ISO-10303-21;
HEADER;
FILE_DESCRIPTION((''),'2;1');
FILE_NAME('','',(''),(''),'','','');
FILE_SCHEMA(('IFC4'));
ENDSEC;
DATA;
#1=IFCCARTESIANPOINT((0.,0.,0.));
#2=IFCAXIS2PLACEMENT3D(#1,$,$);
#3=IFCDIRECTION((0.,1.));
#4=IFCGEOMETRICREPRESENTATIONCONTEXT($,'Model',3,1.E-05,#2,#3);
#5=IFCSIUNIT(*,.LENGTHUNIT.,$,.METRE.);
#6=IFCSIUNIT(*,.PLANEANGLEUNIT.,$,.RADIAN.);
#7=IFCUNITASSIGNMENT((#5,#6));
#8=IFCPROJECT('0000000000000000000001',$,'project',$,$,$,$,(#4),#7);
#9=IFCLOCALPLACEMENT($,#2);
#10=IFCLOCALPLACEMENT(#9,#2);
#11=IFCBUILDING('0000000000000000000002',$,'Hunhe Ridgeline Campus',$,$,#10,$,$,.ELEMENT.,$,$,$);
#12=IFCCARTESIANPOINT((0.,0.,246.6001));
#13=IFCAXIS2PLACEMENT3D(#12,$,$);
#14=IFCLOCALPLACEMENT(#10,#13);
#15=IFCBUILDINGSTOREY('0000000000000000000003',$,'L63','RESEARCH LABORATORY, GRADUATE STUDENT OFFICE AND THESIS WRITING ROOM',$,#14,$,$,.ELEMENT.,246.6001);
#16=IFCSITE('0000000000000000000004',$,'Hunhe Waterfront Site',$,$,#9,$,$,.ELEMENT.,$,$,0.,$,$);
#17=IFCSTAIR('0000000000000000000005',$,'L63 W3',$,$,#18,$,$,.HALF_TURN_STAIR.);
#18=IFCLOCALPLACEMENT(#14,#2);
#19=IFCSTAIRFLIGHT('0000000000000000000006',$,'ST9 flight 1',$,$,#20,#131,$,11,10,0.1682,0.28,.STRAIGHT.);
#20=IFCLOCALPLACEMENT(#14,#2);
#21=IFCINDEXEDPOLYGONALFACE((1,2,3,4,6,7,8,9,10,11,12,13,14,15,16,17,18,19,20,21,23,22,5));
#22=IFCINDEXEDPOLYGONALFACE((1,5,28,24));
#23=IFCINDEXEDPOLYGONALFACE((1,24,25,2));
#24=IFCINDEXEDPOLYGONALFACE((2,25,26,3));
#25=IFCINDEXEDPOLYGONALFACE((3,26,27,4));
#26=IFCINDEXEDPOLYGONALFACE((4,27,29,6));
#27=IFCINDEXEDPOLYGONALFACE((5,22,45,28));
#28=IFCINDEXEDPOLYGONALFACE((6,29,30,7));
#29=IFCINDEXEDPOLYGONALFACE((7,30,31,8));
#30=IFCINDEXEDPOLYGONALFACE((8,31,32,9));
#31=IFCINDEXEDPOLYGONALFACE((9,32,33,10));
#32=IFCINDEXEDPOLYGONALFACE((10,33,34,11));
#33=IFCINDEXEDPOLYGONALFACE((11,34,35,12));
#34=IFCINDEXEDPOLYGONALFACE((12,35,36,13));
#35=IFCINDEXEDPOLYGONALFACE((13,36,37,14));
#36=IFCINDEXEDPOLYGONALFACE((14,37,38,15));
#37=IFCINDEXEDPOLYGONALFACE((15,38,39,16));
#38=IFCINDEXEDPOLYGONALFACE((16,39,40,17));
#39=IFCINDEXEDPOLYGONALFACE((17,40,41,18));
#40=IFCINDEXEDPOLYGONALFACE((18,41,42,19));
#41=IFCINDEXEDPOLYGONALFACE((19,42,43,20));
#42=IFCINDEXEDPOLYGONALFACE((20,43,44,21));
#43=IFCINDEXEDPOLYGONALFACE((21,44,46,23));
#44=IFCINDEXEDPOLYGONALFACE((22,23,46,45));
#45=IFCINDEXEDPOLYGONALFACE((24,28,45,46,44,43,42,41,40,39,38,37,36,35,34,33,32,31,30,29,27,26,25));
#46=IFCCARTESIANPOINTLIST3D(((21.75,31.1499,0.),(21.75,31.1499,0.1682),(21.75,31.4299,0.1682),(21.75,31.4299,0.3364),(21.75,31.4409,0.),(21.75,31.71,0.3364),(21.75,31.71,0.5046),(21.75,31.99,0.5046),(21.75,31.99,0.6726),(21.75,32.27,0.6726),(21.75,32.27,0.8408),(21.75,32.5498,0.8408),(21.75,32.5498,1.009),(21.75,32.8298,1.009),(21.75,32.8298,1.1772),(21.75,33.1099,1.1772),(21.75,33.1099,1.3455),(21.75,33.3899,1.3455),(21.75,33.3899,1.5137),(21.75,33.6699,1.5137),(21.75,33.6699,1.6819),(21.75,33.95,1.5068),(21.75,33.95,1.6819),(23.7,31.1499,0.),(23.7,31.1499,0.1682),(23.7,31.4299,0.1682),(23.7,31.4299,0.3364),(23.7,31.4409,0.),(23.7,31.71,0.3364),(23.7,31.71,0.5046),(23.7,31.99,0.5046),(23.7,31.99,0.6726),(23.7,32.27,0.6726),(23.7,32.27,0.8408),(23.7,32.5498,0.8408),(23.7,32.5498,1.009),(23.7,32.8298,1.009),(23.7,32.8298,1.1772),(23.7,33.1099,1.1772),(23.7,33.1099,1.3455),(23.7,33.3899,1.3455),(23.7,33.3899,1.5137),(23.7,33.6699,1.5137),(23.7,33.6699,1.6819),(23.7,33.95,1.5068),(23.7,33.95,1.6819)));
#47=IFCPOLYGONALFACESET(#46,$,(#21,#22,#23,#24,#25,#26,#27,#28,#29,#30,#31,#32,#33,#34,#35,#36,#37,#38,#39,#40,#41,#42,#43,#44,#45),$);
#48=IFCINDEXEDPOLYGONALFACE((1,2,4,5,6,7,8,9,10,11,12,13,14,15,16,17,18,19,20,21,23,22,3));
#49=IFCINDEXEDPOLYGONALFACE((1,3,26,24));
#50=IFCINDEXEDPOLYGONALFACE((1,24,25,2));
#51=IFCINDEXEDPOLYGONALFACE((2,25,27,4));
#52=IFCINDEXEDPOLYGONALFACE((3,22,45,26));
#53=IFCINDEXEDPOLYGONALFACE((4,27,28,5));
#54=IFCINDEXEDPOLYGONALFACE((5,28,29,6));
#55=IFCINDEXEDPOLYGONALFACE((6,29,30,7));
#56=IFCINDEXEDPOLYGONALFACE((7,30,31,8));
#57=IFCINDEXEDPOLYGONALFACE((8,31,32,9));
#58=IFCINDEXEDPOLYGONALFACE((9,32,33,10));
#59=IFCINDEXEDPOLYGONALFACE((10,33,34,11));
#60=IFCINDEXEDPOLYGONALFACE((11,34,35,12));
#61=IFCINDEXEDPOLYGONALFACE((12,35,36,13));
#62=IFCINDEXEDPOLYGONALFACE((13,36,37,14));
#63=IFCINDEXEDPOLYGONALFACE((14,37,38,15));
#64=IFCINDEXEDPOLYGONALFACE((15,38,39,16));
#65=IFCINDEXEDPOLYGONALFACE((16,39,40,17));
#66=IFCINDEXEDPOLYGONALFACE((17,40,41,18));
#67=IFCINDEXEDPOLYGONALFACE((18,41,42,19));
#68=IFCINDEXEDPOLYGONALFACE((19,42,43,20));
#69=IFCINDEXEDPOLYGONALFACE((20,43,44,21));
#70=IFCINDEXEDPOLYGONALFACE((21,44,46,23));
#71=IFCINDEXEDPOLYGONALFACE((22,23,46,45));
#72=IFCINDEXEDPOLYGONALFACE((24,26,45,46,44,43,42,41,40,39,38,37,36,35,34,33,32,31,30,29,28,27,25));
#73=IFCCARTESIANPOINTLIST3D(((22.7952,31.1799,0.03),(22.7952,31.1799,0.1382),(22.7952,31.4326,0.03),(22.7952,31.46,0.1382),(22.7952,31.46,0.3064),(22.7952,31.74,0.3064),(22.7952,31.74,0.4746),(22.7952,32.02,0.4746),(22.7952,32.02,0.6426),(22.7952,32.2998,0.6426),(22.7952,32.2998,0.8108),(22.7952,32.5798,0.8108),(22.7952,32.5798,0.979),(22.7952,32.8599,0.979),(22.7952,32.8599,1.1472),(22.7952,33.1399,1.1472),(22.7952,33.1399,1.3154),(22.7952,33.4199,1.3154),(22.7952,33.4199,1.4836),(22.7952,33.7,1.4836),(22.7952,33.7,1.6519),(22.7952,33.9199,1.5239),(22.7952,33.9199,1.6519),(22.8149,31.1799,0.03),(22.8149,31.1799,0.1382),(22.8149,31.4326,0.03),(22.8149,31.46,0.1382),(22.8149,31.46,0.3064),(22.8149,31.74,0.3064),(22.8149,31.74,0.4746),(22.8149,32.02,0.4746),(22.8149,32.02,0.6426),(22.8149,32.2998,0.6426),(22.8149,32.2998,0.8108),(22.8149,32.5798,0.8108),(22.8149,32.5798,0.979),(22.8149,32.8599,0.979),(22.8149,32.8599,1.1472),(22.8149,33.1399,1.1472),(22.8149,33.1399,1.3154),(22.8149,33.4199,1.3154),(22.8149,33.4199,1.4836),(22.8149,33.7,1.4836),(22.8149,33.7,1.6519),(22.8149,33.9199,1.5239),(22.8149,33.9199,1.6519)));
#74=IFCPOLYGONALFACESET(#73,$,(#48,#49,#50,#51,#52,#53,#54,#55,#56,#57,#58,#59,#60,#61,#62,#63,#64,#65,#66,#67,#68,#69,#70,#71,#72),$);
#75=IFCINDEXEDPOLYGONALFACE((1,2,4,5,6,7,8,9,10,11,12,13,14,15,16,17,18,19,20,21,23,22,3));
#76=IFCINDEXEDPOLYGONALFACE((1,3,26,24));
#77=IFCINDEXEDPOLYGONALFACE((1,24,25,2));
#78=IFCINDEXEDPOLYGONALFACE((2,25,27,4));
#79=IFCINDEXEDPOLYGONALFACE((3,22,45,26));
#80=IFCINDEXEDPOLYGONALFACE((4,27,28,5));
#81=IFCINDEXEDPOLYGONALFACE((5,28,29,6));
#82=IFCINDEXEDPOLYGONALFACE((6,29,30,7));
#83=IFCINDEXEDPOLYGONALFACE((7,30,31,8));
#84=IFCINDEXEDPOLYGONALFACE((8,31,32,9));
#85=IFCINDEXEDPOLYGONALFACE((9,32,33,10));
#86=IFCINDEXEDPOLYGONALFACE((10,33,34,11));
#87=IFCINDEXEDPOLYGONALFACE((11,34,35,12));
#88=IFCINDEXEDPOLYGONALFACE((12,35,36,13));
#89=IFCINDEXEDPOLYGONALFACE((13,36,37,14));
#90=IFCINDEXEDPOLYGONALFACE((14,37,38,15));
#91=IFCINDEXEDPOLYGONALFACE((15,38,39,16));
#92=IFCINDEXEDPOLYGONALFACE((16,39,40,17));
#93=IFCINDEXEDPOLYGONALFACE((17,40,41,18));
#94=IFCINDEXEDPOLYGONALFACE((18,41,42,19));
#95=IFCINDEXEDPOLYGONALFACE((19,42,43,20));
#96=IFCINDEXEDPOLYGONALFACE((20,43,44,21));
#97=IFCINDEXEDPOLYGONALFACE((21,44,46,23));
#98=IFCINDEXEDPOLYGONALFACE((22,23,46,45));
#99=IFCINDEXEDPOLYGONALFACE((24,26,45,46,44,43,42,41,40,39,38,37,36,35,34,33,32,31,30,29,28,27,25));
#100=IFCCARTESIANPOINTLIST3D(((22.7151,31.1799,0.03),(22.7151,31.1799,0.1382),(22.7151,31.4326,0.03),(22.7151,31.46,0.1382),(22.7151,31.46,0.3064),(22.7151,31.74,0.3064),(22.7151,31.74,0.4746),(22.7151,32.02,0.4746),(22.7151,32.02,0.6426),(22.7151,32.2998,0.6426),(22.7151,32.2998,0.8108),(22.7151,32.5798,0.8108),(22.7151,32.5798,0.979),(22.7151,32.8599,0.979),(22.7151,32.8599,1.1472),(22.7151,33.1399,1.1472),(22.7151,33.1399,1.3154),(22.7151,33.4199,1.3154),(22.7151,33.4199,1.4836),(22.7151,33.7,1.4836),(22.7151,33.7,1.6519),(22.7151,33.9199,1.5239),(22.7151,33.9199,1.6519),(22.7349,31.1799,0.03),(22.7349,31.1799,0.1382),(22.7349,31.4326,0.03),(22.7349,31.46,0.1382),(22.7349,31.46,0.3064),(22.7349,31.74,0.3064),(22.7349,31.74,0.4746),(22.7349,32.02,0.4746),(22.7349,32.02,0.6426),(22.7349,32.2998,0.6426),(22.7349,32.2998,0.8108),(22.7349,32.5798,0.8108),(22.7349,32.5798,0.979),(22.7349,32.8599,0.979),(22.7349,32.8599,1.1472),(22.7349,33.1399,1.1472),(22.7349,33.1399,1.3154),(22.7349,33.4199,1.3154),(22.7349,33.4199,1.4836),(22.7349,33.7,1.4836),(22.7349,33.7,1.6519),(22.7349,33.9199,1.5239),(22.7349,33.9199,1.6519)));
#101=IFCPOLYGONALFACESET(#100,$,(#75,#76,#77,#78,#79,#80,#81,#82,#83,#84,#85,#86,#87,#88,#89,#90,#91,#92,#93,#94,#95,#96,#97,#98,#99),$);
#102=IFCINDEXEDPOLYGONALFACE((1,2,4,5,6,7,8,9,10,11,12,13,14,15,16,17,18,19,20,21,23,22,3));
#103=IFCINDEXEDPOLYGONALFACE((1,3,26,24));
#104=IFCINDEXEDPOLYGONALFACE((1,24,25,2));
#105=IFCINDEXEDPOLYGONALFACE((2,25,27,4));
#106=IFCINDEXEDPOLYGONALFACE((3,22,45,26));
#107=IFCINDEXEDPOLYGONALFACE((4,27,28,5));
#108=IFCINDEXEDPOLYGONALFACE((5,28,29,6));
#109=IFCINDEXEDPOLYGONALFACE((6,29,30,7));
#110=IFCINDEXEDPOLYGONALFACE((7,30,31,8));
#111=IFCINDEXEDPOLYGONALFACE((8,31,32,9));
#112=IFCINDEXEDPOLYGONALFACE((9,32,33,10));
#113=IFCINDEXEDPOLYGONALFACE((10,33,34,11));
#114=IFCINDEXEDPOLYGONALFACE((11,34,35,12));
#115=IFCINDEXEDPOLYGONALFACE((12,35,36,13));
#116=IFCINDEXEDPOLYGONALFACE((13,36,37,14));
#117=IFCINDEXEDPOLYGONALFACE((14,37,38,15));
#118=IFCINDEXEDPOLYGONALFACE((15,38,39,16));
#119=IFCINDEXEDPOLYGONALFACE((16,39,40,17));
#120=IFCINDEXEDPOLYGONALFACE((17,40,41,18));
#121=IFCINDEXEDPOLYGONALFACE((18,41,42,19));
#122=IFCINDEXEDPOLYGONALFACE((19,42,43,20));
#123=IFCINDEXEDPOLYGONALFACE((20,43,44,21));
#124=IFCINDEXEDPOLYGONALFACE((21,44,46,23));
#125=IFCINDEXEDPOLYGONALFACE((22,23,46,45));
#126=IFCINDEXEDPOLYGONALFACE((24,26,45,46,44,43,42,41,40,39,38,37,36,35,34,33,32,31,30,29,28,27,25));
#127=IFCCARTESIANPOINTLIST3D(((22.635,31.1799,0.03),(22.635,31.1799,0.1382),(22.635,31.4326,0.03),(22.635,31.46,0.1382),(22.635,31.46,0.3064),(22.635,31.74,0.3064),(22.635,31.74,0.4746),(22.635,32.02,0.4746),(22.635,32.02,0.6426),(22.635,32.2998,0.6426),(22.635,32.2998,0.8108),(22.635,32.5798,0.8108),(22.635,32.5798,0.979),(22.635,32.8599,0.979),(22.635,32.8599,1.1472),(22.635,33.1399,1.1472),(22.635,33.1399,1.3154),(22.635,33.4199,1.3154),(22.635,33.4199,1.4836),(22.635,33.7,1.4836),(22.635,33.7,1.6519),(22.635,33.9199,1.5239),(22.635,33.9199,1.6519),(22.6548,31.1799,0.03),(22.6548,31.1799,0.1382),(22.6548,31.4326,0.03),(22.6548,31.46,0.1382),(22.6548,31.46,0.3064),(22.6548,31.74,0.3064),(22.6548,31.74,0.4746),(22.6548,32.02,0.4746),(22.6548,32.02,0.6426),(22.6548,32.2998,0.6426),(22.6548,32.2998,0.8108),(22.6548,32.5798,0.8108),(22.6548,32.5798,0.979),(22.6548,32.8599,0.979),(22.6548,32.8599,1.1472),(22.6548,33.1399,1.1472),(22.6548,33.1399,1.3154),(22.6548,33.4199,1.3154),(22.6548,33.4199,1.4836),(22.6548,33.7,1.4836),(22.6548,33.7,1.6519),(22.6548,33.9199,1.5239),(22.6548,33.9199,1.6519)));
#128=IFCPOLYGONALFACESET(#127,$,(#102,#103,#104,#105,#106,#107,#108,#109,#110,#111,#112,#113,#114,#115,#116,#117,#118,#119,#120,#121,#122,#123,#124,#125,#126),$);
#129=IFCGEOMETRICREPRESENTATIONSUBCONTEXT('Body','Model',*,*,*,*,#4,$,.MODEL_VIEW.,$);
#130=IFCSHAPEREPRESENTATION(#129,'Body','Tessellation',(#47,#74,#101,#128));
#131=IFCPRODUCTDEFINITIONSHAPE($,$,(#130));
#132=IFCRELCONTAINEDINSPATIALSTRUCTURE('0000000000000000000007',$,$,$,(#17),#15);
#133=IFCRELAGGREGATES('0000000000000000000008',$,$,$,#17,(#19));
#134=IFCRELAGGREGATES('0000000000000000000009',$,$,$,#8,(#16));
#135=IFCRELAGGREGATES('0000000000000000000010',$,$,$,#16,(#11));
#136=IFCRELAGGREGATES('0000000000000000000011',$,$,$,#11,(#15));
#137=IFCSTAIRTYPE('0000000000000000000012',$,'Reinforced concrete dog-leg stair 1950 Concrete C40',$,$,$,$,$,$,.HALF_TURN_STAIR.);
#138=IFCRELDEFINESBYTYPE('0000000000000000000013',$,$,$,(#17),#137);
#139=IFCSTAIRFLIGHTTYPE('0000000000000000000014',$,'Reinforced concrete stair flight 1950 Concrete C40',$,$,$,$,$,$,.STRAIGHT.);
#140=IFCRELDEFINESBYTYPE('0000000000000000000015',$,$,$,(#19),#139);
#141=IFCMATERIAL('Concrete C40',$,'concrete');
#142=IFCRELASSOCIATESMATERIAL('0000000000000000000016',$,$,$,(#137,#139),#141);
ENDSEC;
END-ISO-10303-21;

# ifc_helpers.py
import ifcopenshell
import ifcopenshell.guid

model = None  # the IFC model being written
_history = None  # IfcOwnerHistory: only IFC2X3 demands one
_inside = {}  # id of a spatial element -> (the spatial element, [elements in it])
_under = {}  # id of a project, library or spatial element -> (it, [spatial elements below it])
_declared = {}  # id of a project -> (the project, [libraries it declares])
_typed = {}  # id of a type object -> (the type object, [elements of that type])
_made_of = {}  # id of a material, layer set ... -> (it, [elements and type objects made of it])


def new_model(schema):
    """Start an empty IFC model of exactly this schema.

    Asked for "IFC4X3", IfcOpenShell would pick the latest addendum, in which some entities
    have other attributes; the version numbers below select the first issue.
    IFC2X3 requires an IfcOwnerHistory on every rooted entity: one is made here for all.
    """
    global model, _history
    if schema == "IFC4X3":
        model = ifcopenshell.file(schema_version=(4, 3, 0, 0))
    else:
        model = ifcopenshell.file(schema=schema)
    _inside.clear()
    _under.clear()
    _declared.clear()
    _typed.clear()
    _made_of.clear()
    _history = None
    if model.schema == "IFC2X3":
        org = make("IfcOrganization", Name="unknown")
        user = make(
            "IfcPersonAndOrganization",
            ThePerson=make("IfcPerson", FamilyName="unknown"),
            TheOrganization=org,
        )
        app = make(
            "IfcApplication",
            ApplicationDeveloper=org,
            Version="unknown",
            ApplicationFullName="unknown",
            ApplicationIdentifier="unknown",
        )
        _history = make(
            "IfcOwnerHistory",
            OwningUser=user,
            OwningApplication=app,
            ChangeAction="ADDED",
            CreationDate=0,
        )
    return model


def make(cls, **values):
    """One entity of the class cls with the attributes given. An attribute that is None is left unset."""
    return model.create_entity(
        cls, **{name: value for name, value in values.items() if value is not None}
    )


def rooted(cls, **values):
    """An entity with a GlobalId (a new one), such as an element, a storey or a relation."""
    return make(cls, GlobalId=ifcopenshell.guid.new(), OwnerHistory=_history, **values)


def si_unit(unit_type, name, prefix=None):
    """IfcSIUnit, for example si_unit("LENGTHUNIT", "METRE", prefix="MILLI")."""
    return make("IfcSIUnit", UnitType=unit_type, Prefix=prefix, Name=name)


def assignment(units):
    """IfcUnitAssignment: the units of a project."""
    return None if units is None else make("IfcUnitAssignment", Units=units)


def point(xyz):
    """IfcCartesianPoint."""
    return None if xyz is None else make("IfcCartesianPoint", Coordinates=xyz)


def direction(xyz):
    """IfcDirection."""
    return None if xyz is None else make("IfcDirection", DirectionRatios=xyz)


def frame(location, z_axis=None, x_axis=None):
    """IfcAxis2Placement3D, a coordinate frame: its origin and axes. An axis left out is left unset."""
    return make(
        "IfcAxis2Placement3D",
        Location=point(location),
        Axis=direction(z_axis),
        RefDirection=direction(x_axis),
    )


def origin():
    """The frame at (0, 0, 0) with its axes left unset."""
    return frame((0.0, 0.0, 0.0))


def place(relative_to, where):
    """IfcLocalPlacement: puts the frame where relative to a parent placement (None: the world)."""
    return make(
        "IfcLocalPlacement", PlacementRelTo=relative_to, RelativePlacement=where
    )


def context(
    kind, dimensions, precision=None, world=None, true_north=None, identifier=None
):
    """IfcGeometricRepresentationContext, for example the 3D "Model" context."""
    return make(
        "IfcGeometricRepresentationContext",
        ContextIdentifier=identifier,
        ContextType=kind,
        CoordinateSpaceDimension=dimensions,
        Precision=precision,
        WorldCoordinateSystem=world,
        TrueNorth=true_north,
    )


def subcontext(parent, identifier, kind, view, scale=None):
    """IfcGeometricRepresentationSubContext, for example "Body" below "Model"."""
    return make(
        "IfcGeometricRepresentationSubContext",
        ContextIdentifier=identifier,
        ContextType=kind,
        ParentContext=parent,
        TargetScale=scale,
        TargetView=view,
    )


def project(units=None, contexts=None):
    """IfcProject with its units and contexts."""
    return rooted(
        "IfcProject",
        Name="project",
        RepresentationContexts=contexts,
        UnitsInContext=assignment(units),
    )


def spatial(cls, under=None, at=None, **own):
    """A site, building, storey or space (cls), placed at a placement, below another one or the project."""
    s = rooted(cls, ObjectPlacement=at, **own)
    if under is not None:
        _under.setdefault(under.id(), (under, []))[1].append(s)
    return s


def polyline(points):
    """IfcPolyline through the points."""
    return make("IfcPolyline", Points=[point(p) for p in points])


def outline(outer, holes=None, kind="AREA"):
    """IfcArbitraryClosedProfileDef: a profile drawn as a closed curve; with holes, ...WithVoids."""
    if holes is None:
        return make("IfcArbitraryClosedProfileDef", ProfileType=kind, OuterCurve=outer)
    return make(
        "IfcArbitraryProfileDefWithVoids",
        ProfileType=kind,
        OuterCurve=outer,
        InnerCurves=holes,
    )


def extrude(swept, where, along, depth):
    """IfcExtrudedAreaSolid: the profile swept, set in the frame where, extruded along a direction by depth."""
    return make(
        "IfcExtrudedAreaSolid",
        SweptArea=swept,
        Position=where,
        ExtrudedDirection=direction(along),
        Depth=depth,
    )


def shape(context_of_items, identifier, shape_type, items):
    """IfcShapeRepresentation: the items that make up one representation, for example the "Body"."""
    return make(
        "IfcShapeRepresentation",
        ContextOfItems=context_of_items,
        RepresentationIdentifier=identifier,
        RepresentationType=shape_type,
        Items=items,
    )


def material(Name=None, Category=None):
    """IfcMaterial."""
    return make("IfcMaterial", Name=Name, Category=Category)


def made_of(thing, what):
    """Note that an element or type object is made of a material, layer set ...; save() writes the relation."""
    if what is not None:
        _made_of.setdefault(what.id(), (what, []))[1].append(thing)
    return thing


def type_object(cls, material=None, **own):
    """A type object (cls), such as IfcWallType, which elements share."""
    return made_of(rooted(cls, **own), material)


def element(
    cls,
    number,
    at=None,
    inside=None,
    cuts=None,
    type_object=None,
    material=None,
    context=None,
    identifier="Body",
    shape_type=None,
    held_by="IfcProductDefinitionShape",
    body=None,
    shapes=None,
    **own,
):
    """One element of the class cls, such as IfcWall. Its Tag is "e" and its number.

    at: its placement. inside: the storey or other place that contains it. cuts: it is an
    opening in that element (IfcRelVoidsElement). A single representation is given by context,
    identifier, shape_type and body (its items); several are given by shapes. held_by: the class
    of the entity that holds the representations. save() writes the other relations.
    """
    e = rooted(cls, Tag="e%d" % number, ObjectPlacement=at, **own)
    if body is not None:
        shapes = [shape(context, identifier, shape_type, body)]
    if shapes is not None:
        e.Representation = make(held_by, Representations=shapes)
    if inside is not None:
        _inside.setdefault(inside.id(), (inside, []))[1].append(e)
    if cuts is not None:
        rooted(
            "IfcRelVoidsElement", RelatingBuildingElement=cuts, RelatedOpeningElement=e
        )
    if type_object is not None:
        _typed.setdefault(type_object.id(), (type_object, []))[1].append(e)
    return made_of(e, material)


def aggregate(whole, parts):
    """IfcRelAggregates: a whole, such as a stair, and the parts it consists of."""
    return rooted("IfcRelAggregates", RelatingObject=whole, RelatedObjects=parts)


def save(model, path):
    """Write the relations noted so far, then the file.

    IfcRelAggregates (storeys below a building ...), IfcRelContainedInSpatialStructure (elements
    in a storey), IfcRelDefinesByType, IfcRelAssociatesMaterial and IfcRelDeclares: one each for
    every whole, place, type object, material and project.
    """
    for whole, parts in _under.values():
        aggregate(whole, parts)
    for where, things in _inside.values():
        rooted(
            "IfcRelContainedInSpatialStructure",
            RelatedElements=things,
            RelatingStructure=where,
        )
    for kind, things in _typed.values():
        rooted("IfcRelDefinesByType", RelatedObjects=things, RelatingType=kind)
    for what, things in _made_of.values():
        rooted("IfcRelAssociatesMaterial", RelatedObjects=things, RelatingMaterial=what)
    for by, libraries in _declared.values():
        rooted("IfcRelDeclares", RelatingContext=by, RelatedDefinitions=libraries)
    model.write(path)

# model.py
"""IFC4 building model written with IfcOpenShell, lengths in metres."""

from ifc_helpers import new_model, si_unit, direction, frame, origin, place, context, subcontext, project, spatial, polyline, outline, extrude, material, type_object, element, aggregate, save


model = new_model("IFC4")

# Units and contexts
model_context = context("Model", 3, precision=1e-05, world=origin(), true_north=direction((0.0, 1.0)))
body_context = subcontext(model_context, "Body", "Model", "MODEL_VIEW")
ifc_project = project(units=[si_unit("LENGTHUNIT", "METRE"), si_unit("PLANEANGLEUNIT", "RADIAN")], contexts=[model_context])

# Site, building, storey
site_placement = place(None, origin())
site = spatial("IfcSite", under=ifc_project, at=site_placement, Name="Hunhe Waterfront Site", CompositionType="ELEMENT", RefElevation=0.0)
building_placement = place(site_placement, origin())
building = spatial("IfcBuilding", under=site, at=building_placement, Name="Hunhe Ridgeline Campus", CompositionType="ELEMENT")
storey_placement = place(building_placement, frame((0.0, 0.0, 246.6001)))
storey = spatial("IfcBuildingStorey", under=building, at=storey_placement, Name="L63", Description="RESEARCH LABORATORY, GRADUATE STUDENT OFFICE AND THESIS WRITING ROOM", CompositionType="ELEMENT", Elevation=246.6001)

# Stair, stair flight
ifc_material_1 = material(Name="Concrete C40", Category="concrete")
stair_type = type_object("IfcStairType", Name="Reinforced concrete dog-leg stair 1950 Concrete C40", PredefinedType="HALF_TURN_STAIR", material=ifc_material_1)
stair_placement = place(storey_placement, origin())
stair = element("IfcStair", 1, at=stair_placement, inside=storey, type_object=stair_type, Name="L63 W3", PredefinedType="HALF_TURN_STAIR")
stair_flight_type = type_object("IfcStairFlightType", Name="Reinforced concrete stair flight 1950 Concrete C40", PredefinedType="STRAIGHT", material=ifc_material_1)
stair_flight_placement = place(storey_placement, frame((22.7251, 31.1499, 0.0), z_axis=(0.0, 0.0, 1.0), x_axis=(0.0, 1.0, 0.0)))
stair_flight = element("IfcStairFlight", 2, at=stair_flight_placement, type_object=stair_flight_type, Name="ST9 flight 1", NumberOfRisers=11, NumberOfTreads=10, PredefinedType="STRAIGHT", RiserHeight=0.1682, TreadLength=0.28, context=body_context, shape_type="SweptSolid", body=[
    extrude(outline(polyline([(0.0, 0.0), (0.0, 0.1682), (0.28, 0.1682), (0.28, 0.3364), (0.5601, 0.3364), (0.5601, 0.5046), (0.8401, 0.5046), (0.8401, 0.6726), (1.1201, 0.6726), (1.1201, 0.8408), (1.3999, 0.8408), (1.3999, 1.009), (1.6799, 1.009), (1.6799, 1.1772), (1.96, 1.1772), (1.96, 1.3455), (2.24, 1.3455), (2.24, 1.5137), (2.52, 1.5137), (2.52, 1.6819), (2.8, 1.6819), (2.8, 1.8501), (2.8, 1.5068), (0.291, 0.0), (0.0, 0.0)])), frame((0.0, 0.9751, 0.0), z_axis=(0.0, -1.0, 0.0), x_axis=(1.0, 0.0, 0.0)), (0.0, 0.0, 1.0), 1.95),
    extrude(outline(polyline([(0.03, 0.03), (0.03, 0.1382), (0.3101, 0.1382), (0.3101, 0.3064), (0.5901, 0.3064), (0.5901, 0.4746), (0.8701, 0.4746), (0.8701, 0.6426), (1.1499, 0.6426), (1.1499, 0.8108), (1.4299, 0.8108), (1.4299, 0.979), (1.71, 0.979), (1.71, 1.1472), (1.99, 1.1472), (1.99, 1.3154), (2.27, 1.3154), (2.27, 1.4836), (2.55, 1.4836), (2.55, 1.6519), (2.77, 1.6519), (2.77, 1.5239), (0.2827, 0.03), (0.03, 0.03)])), frame((0.0, -0.0701, 0.0), z_axis=(0.0, -1.0, 0.0), x_axis=(1.0, 0.0, 0.0)), (0.0, 0.0, 1.0), 0.0198),
    extrude(outline(polyline([(0.03, 0.03), (0.03, 0.1382), (0.3101, 0.1382), (0.3101, 0.3064), (0.5901, 0.3064), (0.5901, 0.4746), (0.8701, 0.4746), (0.8701, 0.6426), (1.1499, 0.6426), (1.1499, 0.8108), (1.4299, 0.8108), (1.4299, 0.979), (1.71, 0.979), (1.71, 1.1472), (1.99, 1.1472), (1.99, 1.3154), (2.27, 1.3154), (2.27, 1.4836), (2.55, 1.4836), (2.55, 1.6519), (2.77, 1.6519), (2.77, 1.5239), (0.2827, 0.03), (0.03, 0.03)])), frame((0.0, 0.01, 0.0), z_axis=(0.0, -1.0, 0.0), x_axis=(1.0, 0.0, 0.0)), (0.0, 0.0, 1.0), 0.0198),
    extrude(outline(polyline([(0.03, 0.03), (0.03, 0.1382), (0.3101, 0.1382), (0.3101, 0.3064), (0.5901, 0.3064), (0.5901, 0.4746), (0.8701, 0.4746), (0.8701, 0.6426), (1.1499, 0.6426), (1.1499, 0.8108), (1.4299, 0.8108), (1.4299, 0.979), (1.71, 0.979), (1.71, 1.1472), (1.99, 1.1472), (1.99, 1.3154), (2.27, 1.3154), (2.27, 1.4836), (2.55, 1.4836), (2.55, 1.6519), (2.77, 1.6519), (2.77, 1.5239), (0.2827, 0.03), (0.03, 0.03)])), frame((0.0, 0.0901, 0.0), z_axis=(0.0, -1.0, 0.0), x_axis=(1.0, 0.0, 0.0)), (0.0, 0.0, 1.0), 0.0198),
])
aggregate(stair, [stair_flight])

save(model, "model.ifc")
